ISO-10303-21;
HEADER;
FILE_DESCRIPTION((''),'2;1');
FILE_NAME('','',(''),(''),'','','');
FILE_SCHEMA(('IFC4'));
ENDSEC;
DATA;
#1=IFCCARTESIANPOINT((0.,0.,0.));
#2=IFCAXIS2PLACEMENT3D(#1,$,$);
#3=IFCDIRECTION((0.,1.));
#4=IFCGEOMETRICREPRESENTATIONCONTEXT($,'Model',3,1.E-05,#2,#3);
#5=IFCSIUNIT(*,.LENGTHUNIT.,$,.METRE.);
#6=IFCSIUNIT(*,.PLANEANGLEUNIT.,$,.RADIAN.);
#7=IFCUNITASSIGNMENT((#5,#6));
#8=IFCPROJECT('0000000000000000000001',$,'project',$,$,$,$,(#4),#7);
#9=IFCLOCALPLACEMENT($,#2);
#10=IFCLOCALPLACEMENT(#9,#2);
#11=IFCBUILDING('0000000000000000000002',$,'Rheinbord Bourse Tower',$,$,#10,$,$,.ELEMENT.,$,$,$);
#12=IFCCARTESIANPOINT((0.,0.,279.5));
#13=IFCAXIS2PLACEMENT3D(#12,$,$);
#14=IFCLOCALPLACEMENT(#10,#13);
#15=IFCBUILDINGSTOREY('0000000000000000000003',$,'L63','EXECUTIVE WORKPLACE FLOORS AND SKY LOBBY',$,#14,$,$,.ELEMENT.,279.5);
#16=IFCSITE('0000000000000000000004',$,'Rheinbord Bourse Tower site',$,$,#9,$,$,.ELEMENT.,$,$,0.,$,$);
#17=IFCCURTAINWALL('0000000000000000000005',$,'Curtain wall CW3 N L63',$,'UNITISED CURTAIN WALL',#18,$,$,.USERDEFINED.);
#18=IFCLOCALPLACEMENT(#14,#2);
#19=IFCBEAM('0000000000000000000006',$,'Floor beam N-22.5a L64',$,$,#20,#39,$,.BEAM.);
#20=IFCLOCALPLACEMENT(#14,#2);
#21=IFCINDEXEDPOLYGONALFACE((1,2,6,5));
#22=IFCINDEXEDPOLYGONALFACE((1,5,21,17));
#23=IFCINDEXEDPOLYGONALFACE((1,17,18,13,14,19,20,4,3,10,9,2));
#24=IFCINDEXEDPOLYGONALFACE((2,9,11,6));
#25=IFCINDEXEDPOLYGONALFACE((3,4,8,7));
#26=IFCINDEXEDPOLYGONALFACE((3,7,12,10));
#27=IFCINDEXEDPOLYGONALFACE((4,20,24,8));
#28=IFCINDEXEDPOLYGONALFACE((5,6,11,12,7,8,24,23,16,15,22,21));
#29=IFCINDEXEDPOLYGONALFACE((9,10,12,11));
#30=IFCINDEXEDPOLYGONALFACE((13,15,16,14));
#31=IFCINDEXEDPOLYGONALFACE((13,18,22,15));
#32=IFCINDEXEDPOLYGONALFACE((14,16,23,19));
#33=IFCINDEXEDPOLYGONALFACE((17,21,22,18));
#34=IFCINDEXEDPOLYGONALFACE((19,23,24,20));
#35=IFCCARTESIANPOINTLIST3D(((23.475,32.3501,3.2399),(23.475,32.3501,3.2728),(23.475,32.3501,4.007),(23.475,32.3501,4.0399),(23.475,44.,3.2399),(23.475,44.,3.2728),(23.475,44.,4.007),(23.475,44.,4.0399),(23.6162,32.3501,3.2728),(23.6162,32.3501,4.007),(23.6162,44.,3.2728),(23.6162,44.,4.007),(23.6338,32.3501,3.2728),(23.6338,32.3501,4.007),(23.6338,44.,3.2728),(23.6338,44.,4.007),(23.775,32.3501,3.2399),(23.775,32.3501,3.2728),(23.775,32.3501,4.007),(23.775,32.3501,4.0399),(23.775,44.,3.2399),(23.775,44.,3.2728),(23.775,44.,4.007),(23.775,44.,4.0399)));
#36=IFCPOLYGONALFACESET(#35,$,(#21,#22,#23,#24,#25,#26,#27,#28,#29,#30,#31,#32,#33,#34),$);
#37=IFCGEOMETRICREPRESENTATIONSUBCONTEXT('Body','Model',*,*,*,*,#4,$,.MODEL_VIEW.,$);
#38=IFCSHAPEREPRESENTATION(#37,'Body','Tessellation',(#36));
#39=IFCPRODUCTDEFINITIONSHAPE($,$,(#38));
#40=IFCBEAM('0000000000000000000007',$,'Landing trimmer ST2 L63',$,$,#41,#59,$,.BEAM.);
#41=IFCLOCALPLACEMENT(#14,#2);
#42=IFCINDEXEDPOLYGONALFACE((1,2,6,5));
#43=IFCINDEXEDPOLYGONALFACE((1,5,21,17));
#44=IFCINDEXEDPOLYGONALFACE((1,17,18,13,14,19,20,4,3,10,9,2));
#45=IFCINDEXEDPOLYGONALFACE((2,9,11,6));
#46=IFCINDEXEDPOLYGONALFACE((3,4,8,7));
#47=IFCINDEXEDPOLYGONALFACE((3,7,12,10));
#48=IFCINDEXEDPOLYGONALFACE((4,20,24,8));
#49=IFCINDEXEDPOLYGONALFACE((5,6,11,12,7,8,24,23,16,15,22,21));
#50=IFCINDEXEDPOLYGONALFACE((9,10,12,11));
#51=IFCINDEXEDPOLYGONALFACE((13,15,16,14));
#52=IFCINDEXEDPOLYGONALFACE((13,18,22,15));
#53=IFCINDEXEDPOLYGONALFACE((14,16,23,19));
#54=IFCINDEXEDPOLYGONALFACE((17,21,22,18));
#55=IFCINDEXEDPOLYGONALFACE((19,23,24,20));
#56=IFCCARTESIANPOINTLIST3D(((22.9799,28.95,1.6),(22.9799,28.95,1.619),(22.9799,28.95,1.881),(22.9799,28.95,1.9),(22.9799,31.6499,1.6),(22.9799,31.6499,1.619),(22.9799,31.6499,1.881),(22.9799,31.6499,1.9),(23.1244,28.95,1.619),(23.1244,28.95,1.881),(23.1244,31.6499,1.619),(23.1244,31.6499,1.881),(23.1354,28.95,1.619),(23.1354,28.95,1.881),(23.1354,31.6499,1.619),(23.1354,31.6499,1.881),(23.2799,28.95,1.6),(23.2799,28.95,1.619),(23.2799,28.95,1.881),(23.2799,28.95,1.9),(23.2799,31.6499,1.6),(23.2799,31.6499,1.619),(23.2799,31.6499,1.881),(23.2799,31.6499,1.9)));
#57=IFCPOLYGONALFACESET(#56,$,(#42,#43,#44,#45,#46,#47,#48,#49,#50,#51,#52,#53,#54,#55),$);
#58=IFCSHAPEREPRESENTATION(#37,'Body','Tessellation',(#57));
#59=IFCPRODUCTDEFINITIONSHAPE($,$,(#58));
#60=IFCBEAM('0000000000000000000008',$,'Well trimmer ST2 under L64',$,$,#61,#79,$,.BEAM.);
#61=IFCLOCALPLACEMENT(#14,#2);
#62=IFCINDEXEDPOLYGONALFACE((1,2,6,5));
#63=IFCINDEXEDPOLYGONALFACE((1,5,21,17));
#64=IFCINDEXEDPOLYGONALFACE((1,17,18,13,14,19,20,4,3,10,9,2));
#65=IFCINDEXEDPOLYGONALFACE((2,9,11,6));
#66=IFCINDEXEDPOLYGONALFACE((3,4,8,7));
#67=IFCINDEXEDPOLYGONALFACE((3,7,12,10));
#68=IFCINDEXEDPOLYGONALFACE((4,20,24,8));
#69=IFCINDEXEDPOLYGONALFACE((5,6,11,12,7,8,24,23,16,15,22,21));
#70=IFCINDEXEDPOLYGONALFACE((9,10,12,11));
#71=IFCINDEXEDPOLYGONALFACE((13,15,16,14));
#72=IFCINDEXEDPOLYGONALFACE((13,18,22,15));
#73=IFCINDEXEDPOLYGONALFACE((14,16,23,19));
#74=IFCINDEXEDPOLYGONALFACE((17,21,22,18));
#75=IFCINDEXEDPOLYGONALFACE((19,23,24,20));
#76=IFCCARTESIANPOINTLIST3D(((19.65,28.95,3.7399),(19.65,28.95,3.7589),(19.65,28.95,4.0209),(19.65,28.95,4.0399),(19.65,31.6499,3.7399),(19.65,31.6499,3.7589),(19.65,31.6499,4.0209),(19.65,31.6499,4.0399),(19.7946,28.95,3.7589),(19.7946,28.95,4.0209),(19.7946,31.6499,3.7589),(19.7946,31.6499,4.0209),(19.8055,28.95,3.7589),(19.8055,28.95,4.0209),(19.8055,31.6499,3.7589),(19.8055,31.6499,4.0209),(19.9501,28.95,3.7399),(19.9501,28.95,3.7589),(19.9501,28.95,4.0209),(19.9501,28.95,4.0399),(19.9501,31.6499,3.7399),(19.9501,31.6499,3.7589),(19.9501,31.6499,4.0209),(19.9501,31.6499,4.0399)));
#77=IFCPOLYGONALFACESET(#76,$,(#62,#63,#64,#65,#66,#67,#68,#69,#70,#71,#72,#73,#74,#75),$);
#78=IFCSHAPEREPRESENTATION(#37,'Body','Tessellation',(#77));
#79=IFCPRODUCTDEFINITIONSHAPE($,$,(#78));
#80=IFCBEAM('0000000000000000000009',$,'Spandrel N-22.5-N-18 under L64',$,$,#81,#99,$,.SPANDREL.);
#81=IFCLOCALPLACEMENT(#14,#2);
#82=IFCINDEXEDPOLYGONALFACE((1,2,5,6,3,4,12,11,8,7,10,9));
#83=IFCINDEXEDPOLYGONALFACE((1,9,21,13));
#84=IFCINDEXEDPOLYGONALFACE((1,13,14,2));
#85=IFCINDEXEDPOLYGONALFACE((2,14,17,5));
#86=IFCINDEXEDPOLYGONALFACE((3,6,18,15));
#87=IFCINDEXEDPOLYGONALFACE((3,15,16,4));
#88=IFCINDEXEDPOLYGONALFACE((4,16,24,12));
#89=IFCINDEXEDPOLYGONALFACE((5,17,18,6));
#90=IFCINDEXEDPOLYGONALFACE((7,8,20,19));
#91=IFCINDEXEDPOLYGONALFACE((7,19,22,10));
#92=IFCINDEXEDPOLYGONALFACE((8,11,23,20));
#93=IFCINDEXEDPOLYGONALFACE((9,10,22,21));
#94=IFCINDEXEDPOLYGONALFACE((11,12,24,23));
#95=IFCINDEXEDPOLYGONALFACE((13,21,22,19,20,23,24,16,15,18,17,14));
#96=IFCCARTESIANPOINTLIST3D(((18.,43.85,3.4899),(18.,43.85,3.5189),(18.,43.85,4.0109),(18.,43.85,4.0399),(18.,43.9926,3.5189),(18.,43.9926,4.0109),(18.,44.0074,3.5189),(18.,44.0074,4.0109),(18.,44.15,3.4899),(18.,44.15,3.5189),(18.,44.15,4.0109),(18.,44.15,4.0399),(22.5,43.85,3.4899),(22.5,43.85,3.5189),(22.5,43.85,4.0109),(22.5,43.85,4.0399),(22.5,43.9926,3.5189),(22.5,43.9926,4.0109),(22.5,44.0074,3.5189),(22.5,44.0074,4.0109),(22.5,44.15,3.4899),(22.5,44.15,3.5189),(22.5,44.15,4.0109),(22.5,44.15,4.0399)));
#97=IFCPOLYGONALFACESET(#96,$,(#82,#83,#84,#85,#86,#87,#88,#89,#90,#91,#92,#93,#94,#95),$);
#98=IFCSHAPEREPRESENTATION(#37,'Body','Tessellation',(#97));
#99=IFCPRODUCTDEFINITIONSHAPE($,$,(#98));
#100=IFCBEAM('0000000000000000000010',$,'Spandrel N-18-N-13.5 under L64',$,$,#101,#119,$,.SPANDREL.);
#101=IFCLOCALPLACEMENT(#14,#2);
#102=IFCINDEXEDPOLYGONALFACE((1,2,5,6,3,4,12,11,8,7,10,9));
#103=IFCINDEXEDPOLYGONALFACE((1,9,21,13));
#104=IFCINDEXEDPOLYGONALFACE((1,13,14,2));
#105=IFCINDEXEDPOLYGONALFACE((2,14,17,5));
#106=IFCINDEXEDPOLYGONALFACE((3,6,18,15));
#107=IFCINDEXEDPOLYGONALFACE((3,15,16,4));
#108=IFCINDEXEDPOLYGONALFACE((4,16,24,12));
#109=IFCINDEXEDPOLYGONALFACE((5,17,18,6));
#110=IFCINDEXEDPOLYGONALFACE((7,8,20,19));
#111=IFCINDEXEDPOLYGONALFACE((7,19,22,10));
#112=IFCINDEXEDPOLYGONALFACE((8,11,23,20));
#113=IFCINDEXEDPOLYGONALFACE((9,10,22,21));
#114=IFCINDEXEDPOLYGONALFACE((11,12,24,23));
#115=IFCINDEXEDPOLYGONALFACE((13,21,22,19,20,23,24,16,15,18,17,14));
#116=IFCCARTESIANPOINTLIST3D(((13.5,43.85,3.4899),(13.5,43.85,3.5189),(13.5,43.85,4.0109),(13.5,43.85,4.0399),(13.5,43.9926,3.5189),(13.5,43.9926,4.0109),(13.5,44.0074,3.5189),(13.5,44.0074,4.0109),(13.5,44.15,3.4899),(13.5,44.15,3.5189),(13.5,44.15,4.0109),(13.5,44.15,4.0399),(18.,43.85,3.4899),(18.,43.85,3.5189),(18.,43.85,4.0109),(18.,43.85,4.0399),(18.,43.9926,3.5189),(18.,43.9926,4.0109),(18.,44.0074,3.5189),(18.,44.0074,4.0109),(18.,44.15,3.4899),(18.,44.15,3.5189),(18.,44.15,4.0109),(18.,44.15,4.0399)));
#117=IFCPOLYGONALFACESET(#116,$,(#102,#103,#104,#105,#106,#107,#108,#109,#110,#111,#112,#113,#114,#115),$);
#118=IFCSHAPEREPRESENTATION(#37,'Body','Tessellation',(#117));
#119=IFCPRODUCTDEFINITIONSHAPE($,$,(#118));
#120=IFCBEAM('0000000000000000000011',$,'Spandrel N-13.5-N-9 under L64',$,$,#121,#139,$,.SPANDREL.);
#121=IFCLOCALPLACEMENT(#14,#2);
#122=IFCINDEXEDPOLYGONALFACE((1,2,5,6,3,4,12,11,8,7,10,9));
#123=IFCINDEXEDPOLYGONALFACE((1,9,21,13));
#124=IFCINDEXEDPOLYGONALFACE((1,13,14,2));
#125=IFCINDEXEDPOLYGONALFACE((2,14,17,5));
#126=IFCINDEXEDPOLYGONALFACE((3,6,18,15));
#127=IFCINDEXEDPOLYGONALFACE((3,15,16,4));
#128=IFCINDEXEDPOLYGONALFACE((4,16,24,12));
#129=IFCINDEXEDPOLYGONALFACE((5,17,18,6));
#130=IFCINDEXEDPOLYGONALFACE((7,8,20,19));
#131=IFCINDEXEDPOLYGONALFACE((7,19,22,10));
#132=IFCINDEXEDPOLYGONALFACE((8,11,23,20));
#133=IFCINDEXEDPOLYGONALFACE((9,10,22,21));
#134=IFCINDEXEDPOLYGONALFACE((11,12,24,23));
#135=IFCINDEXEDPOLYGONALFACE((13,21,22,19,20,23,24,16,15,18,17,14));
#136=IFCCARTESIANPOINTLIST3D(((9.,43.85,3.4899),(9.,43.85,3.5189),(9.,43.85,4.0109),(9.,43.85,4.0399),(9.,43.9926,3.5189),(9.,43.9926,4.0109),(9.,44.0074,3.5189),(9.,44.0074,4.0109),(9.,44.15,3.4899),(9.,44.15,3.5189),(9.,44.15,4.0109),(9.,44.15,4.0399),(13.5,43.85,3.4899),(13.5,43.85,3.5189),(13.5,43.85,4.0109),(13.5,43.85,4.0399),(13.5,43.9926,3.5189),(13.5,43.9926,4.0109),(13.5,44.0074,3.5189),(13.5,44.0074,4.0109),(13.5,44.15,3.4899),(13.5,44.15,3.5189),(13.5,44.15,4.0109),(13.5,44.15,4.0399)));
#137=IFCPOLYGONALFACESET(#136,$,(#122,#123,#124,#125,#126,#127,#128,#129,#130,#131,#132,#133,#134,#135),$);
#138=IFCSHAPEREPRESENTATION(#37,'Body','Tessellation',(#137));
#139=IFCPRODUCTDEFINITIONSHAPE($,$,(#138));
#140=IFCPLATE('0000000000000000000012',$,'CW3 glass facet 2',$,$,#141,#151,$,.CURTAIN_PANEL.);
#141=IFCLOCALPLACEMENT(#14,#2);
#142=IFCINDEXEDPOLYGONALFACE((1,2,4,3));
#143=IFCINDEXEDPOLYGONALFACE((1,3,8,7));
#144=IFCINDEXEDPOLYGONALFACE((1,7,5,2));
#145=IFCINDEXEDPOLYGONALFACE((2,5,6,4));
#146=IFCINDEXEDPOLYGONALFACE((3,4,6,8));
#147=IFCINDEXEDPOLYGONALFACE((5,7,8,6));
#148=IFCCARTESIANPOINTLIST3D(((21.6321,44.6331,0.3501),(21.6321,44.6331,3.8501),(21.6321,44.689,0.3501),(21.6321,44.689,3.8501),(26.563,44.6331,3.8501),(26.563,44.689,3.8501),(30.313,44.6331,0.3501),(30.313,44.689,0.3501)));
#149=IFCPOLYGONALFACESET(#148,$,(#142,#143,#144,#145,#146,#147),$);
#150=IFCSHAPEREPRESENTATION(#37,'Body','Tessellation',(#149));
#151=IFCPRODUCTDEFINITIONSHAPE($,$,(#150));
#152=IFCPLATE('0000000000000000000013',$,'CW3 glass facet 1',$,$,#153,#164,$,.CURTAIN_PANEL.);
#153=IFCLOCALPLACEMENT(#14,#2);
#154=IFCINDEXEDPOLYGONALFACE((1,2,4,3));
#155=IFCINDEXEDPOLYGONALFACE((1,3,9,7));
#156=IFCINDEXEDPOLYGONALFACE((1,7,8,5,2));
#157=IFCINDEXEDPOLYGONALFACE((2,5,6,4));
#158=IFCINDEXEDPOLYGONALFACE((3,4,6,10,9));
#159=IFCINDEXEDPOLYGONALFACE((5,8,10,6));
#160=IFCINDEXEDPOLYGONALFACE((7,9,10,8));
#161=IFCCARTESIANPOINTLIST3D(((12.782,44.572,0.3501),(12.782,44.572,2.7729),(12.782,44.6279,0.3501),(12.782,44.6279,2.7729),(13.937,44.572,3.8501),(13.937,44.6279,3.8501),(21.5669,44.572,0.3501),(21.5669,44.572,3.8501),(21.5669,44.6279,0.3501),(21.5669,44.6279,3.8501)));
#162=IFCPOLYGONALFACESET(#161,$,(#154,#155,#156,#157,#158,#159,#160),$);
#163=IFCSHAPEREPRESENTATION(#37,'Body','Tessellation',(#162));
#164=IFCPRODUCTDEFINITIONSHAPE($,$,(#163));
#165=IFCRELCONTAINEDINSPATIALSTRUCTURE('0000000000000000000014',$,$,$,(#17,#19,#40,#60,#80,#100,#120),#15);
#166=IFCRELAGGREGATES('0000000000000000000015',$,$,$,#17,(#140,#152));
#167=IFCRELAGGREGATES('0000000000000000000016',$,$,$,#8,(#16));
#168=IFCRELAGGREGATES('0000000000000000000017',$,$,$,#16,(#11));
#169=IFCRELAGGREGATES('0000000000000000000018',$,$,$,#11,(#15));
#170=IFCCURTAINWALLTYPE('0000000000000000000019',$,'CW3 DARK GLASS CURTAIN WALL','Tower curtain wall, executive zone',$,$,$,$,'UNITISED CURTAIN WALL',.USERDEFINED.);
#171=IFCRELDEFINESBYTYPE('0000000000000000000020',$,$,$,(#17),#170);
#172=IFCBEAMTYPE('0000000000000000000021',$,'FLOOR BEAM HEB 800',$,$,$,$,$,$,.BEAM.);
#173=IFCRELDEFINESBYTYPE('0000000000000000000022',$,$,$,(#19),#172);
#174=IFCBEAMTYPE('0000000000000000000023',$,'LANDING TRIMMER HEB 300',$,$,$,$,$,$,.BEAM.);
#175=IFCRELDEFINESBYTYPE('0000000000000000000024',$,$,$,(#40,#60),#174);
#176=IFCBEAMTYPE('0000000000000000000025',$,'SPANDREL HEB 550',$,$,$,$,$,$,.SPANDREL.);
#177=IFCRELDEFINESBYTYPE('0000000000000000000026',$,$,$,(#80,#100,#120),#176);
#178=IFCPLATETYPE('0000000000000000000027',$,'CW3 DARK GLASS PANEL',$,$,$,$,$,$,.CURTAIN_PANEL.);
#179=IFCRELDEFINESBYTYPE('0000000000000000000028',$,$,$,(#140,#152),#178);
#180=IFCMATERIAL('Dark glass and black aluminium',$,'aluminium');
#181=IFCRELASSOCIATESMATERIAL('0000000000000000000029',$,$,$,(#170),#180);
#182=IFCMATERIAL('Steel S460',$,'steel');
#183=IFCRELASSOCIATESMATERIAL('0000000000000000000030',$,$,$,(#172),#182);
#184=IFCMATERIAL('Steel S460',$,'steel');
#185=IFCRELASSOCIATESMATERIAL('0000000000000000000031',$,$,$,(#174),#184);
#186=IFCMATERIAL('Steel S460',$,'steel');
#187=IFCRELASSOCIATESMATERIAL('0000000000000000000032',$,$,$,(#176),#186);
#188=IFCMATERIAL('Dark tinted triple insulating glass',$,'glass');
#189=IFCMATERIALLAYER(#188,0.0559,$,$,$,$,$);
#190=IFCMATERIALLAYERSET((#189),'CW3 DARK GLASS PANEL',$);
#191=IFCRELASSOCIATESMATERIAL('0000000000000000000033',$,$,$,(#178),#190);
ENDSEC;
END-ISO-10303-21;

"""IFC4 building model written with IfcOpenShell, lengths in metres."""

from ifc_helpers import new_model, si_unit, direction, frame, origin, origin_2d, place, context, subcontext, project, spatial, polyline, i_section, outline, extrude, material, layer, layer_set, material_profile, profile_set, type_object, element, aggregate, save


model = new_model("IFC4")

# Units and contexts
model_context = context("Model", 3, precision=1e-05, world=origin(), true_north=direction((0.0, 1.0)))
body_context = subcontext(model_context, "Body", "Model", "MODEL_VIEW")
ifc_project = project(units=[si_unit("LENGTHUNIT", "METRE"), si_unit("PLANEANGLEUNIT", "RADIAN")], contexts=[model_context])

# Site, building, storey
site_placement = place(None, origin())
site = spatial("IfcSite", under=ifc_project, at=site_placement, Name="Rheinbord Bourse Tower site", CompositionType="ELEMENT", RefElevation=0.0)
building_placement = place(site_placement, origin())
building = spatial("IfcBuilding", under=site, at=building_placement, Name="Rheinbord Bourse Tower", CompositionType="ELEMENT")
storey_placement = place(building_placement, frame((0.0, 0.0, 279.5)))
storey = spatial("IfcBuildingStorey", under=building, at=storey_placement, Name="L63", Description="EXECUTIVE WORKPLACE FLOORS AND SKY LOBBY", CompositionType="ELEMENT", Elevation=279.5)

# Curtain wall
ifc_material_1 = material(Name="Dark glass and black aluminium", Category="aluminium")
curtain_wall_type = type_object("IfcCurtainWallType", Name="CW3 DARK GLASS CURTAIN WALL", Description="Tower curtain wall, executive zone", ElementType="UNITISED CURTAIN WALL", PredefinedType="USERDEFINED", material=ifc_material_1)
curtain_wall_placement = place(storey_placement, origin())
curtain_wall = element("IfcCurtainWall", 1, at=curtain_wall_placement, inside=storey, type_object=curtain_wall_type, Name="Curtain wall CW3 N L63", ObjectType="UNITISED CURTAIN WALL", PredefinedType="USERDEFINED")

# Beams
ifc_material_2 = material(Name="Steel S460", Category="steel")
ifc_material_profile_1 = material_profile(ifc_material_2, i_section(OverallWidth=0.3, OverallDepth=0.8, WebThickness=0.0176, FlangeThickness=0.033, at=origin_2d()), Name="HEB 800")
ifc_profile_set_1 = profile_set([ifc_material_profile_1], Name="Steel S460")
beam_type_1 = type_object("IfcBeamType", Name="FLOOR BEAM HEB 800", PredefinedType="BEAM", material=ifc_profile_set_1)
for number, where, z_axis, x_axis, name in (
    (2, (23.625, 44.0, 3.6399), (0.0, -1.0, 0.0), (1.0, 0.0, 0.0), "Floor beam N-22.5a L64"),
):
    element("IfcBeam", number, at=place(storey_placement, frame(where, z_axis=z_axis, x_axis=x_axis)), inside=storey, type_object=beam_type_1, Name=name, PredefinedType="BEAM", context=body_context, shape_type="SweptSolid", body=[
        extrude(i_section(OverallWidth=0.3, OverallDepth=0.8, WebThickness=0.0176, FlangeThickness=0.033, at=origin_2d()), origin(), (0.0, 0.0, 1.0), 11.6499),
    ])
ifc_material_3 = material(Name="Steel S460", Category="steel")
ifc_material_profile_2 = material_profile(ifc_material_3, i_section(OverallWidth=0.3, OverallDepth=0.3, WebThickness=0.011, FlangeThickness=0.019, at=origin_2d()), Name="HEB 300")
ifc_profile_set_2 = profile_set([ifc_material_profile_2], Name="Steel S460")
beam_type_2 = type_object("IfcBeamType", Name="LANDING TRIMMER HEB 300", PredefinedType="BEAM", material=ifc_profile_set_2)
for number, where, z_axis, x_axis, name in (
    (3, (23.1299, 28.95, 1.75), (0.0, 1.0, 0.0), (-1.0, 0.0, 0.0), "Landing trimmer ST2 L63"),
    (4, (19.8, 28.95, 3.8899), (0.0, 1.0, 0.0), (-1.0, 0.0, 0.0), "Well trimmer ST2 under L64"),
):
    element("IfcBeam", number, at=place(storey_placement, frame(where, z_axis=z_axis, x_axis=x_axis)), inside=storey, type_object=beam_type_2, Name=name, PredefinedType="BEAM", context=body_context, shape_type="SweptSolid", body=[
        extrude(i_section(OverallWidth=0.3, OverallDepth=0.3, WebThickness=0.011, FlangeThickness=0.019, at=origin_2d()), origin(), (0.0, 0.0, 1.0), 2.7),
    ])
ifc_material_4 = material(Name="Steel S460", Category="steel")
ifc_material_profile_3 = material_profile(ifc_material_4, i_section(OverallWidth=0.3, OverallDepth=0.55, WebThickness=0.0149, FlangeThickness=0.0291, at=origin_2d()), Name="HEB 550")
ifc_profile_set_3 = profile_set([ifc_material_profile_3], Name="Steel S460")
beam_type_3 = type_object("IfcBeamType", Name="SPANDREL HEB 550", PredefinedType="SPANDREL", material=ifc_profile_set_3)
for number, where, z_axis, x_axis, name in (
    (5, (22.5, 44.0, 3.7649), (-1.0, 0.0, 0.0), (0.0, -1.0, 0.0), "Spandrel N-22.5-N-18 under L64"),
    (6, (18.0, 44.0, 3.7649), (-1.0, 0.0, 0.0), (0.0, -1.0, 0.0), "Spandrel N-18-N-13.5 under L64"),
    (7, (13.5, 44.0, 3.7649), (-1.0, 0.0, 0.0), (0.0, -1.0, 0.0), "Spandrel N-13.5-N-9 under L64"),
):
    element("IfcBeam", number, at=place(storey_placement, frame(where, z_axis=z_axis, x_axis=x_axis)), inside=storey, type_object=beam_type_3, Name=name, PredefinedType="SPANDREL", context=body_context, shape_type="SweptSolid", body=[
        extrude(i_section(OverallWidth=0.3, OverallDepth=0.55, WebThickness=0.0149, FlangeThickness=0.0291, at=origin_2d()), origin(), (0.0, 0.0, 1.0), 4.5),
    ])

# Plates
ifc_material_5 = material(Name="Dark tinted triple insulating glass", Category="glass")
ifc_layer_1 = layer(ifc_material_5, 0.0559)
ifc_layer_set_1 = layer_set([ifc_layer_1], Name="CW3 DARK GLASS PANEL")
plate_type = type_object("IfcPlateType", Name="CW3 DARK GLASS PANEL", PredefinedType="CURTAIN_PANEL", material=ifc_layer_set_1)
plate_1_placement = place(storey_placement, frame((21.6321, 44.689, 3.8501), z_axis=(0.0, -1.0, 0.0), x_axis=(0.0, 0.0, -1.0)))
plate_1 = element("IfcPlate", 8, at=plate_1_placement, type_object=plate_type, Name="CW3 glass facet 2", PredefinedType="CURTAIN_PANEL", context=body_context, shape_type="SweptSolid", body=[
    extrude(outline(polyline([(0.0, 0.0), (3.5, 0.0), (3.5, 8.6809), (0.0, 4.9309), (0.0, 0.0)])), origin(), (0.0, 0.0, 1.0), 0.0559),
])
plate_2_placement = place(storey_placement, frame((12.782, 44.6279, 0.3501), z_axis=(0.0, -1.0, 0.0), x_axis=(1.0, 0.0, 0.0)))
plate_2 = element("IfcPlate", 9, at=plate_2_placement, type_object=plate_type, Name="CW3 glass facet 1", PredefinedType="CURTAIN_PANEL", context=body_context, shape_type="SweptSolid", body=[
    extrude(outline(polyline([(0.0, 0.0), (8.7849, 0.0), (8.7849, 3.5), (1.155, 3.5), (0.0, 2.4229), (0.0, 0.0)])), origin(), (0.0, 0.0, 1.0), 0.0559),
])
aggregate(curtain_wall, [plate_1, plate_2])

save(model, "model.ifc")
